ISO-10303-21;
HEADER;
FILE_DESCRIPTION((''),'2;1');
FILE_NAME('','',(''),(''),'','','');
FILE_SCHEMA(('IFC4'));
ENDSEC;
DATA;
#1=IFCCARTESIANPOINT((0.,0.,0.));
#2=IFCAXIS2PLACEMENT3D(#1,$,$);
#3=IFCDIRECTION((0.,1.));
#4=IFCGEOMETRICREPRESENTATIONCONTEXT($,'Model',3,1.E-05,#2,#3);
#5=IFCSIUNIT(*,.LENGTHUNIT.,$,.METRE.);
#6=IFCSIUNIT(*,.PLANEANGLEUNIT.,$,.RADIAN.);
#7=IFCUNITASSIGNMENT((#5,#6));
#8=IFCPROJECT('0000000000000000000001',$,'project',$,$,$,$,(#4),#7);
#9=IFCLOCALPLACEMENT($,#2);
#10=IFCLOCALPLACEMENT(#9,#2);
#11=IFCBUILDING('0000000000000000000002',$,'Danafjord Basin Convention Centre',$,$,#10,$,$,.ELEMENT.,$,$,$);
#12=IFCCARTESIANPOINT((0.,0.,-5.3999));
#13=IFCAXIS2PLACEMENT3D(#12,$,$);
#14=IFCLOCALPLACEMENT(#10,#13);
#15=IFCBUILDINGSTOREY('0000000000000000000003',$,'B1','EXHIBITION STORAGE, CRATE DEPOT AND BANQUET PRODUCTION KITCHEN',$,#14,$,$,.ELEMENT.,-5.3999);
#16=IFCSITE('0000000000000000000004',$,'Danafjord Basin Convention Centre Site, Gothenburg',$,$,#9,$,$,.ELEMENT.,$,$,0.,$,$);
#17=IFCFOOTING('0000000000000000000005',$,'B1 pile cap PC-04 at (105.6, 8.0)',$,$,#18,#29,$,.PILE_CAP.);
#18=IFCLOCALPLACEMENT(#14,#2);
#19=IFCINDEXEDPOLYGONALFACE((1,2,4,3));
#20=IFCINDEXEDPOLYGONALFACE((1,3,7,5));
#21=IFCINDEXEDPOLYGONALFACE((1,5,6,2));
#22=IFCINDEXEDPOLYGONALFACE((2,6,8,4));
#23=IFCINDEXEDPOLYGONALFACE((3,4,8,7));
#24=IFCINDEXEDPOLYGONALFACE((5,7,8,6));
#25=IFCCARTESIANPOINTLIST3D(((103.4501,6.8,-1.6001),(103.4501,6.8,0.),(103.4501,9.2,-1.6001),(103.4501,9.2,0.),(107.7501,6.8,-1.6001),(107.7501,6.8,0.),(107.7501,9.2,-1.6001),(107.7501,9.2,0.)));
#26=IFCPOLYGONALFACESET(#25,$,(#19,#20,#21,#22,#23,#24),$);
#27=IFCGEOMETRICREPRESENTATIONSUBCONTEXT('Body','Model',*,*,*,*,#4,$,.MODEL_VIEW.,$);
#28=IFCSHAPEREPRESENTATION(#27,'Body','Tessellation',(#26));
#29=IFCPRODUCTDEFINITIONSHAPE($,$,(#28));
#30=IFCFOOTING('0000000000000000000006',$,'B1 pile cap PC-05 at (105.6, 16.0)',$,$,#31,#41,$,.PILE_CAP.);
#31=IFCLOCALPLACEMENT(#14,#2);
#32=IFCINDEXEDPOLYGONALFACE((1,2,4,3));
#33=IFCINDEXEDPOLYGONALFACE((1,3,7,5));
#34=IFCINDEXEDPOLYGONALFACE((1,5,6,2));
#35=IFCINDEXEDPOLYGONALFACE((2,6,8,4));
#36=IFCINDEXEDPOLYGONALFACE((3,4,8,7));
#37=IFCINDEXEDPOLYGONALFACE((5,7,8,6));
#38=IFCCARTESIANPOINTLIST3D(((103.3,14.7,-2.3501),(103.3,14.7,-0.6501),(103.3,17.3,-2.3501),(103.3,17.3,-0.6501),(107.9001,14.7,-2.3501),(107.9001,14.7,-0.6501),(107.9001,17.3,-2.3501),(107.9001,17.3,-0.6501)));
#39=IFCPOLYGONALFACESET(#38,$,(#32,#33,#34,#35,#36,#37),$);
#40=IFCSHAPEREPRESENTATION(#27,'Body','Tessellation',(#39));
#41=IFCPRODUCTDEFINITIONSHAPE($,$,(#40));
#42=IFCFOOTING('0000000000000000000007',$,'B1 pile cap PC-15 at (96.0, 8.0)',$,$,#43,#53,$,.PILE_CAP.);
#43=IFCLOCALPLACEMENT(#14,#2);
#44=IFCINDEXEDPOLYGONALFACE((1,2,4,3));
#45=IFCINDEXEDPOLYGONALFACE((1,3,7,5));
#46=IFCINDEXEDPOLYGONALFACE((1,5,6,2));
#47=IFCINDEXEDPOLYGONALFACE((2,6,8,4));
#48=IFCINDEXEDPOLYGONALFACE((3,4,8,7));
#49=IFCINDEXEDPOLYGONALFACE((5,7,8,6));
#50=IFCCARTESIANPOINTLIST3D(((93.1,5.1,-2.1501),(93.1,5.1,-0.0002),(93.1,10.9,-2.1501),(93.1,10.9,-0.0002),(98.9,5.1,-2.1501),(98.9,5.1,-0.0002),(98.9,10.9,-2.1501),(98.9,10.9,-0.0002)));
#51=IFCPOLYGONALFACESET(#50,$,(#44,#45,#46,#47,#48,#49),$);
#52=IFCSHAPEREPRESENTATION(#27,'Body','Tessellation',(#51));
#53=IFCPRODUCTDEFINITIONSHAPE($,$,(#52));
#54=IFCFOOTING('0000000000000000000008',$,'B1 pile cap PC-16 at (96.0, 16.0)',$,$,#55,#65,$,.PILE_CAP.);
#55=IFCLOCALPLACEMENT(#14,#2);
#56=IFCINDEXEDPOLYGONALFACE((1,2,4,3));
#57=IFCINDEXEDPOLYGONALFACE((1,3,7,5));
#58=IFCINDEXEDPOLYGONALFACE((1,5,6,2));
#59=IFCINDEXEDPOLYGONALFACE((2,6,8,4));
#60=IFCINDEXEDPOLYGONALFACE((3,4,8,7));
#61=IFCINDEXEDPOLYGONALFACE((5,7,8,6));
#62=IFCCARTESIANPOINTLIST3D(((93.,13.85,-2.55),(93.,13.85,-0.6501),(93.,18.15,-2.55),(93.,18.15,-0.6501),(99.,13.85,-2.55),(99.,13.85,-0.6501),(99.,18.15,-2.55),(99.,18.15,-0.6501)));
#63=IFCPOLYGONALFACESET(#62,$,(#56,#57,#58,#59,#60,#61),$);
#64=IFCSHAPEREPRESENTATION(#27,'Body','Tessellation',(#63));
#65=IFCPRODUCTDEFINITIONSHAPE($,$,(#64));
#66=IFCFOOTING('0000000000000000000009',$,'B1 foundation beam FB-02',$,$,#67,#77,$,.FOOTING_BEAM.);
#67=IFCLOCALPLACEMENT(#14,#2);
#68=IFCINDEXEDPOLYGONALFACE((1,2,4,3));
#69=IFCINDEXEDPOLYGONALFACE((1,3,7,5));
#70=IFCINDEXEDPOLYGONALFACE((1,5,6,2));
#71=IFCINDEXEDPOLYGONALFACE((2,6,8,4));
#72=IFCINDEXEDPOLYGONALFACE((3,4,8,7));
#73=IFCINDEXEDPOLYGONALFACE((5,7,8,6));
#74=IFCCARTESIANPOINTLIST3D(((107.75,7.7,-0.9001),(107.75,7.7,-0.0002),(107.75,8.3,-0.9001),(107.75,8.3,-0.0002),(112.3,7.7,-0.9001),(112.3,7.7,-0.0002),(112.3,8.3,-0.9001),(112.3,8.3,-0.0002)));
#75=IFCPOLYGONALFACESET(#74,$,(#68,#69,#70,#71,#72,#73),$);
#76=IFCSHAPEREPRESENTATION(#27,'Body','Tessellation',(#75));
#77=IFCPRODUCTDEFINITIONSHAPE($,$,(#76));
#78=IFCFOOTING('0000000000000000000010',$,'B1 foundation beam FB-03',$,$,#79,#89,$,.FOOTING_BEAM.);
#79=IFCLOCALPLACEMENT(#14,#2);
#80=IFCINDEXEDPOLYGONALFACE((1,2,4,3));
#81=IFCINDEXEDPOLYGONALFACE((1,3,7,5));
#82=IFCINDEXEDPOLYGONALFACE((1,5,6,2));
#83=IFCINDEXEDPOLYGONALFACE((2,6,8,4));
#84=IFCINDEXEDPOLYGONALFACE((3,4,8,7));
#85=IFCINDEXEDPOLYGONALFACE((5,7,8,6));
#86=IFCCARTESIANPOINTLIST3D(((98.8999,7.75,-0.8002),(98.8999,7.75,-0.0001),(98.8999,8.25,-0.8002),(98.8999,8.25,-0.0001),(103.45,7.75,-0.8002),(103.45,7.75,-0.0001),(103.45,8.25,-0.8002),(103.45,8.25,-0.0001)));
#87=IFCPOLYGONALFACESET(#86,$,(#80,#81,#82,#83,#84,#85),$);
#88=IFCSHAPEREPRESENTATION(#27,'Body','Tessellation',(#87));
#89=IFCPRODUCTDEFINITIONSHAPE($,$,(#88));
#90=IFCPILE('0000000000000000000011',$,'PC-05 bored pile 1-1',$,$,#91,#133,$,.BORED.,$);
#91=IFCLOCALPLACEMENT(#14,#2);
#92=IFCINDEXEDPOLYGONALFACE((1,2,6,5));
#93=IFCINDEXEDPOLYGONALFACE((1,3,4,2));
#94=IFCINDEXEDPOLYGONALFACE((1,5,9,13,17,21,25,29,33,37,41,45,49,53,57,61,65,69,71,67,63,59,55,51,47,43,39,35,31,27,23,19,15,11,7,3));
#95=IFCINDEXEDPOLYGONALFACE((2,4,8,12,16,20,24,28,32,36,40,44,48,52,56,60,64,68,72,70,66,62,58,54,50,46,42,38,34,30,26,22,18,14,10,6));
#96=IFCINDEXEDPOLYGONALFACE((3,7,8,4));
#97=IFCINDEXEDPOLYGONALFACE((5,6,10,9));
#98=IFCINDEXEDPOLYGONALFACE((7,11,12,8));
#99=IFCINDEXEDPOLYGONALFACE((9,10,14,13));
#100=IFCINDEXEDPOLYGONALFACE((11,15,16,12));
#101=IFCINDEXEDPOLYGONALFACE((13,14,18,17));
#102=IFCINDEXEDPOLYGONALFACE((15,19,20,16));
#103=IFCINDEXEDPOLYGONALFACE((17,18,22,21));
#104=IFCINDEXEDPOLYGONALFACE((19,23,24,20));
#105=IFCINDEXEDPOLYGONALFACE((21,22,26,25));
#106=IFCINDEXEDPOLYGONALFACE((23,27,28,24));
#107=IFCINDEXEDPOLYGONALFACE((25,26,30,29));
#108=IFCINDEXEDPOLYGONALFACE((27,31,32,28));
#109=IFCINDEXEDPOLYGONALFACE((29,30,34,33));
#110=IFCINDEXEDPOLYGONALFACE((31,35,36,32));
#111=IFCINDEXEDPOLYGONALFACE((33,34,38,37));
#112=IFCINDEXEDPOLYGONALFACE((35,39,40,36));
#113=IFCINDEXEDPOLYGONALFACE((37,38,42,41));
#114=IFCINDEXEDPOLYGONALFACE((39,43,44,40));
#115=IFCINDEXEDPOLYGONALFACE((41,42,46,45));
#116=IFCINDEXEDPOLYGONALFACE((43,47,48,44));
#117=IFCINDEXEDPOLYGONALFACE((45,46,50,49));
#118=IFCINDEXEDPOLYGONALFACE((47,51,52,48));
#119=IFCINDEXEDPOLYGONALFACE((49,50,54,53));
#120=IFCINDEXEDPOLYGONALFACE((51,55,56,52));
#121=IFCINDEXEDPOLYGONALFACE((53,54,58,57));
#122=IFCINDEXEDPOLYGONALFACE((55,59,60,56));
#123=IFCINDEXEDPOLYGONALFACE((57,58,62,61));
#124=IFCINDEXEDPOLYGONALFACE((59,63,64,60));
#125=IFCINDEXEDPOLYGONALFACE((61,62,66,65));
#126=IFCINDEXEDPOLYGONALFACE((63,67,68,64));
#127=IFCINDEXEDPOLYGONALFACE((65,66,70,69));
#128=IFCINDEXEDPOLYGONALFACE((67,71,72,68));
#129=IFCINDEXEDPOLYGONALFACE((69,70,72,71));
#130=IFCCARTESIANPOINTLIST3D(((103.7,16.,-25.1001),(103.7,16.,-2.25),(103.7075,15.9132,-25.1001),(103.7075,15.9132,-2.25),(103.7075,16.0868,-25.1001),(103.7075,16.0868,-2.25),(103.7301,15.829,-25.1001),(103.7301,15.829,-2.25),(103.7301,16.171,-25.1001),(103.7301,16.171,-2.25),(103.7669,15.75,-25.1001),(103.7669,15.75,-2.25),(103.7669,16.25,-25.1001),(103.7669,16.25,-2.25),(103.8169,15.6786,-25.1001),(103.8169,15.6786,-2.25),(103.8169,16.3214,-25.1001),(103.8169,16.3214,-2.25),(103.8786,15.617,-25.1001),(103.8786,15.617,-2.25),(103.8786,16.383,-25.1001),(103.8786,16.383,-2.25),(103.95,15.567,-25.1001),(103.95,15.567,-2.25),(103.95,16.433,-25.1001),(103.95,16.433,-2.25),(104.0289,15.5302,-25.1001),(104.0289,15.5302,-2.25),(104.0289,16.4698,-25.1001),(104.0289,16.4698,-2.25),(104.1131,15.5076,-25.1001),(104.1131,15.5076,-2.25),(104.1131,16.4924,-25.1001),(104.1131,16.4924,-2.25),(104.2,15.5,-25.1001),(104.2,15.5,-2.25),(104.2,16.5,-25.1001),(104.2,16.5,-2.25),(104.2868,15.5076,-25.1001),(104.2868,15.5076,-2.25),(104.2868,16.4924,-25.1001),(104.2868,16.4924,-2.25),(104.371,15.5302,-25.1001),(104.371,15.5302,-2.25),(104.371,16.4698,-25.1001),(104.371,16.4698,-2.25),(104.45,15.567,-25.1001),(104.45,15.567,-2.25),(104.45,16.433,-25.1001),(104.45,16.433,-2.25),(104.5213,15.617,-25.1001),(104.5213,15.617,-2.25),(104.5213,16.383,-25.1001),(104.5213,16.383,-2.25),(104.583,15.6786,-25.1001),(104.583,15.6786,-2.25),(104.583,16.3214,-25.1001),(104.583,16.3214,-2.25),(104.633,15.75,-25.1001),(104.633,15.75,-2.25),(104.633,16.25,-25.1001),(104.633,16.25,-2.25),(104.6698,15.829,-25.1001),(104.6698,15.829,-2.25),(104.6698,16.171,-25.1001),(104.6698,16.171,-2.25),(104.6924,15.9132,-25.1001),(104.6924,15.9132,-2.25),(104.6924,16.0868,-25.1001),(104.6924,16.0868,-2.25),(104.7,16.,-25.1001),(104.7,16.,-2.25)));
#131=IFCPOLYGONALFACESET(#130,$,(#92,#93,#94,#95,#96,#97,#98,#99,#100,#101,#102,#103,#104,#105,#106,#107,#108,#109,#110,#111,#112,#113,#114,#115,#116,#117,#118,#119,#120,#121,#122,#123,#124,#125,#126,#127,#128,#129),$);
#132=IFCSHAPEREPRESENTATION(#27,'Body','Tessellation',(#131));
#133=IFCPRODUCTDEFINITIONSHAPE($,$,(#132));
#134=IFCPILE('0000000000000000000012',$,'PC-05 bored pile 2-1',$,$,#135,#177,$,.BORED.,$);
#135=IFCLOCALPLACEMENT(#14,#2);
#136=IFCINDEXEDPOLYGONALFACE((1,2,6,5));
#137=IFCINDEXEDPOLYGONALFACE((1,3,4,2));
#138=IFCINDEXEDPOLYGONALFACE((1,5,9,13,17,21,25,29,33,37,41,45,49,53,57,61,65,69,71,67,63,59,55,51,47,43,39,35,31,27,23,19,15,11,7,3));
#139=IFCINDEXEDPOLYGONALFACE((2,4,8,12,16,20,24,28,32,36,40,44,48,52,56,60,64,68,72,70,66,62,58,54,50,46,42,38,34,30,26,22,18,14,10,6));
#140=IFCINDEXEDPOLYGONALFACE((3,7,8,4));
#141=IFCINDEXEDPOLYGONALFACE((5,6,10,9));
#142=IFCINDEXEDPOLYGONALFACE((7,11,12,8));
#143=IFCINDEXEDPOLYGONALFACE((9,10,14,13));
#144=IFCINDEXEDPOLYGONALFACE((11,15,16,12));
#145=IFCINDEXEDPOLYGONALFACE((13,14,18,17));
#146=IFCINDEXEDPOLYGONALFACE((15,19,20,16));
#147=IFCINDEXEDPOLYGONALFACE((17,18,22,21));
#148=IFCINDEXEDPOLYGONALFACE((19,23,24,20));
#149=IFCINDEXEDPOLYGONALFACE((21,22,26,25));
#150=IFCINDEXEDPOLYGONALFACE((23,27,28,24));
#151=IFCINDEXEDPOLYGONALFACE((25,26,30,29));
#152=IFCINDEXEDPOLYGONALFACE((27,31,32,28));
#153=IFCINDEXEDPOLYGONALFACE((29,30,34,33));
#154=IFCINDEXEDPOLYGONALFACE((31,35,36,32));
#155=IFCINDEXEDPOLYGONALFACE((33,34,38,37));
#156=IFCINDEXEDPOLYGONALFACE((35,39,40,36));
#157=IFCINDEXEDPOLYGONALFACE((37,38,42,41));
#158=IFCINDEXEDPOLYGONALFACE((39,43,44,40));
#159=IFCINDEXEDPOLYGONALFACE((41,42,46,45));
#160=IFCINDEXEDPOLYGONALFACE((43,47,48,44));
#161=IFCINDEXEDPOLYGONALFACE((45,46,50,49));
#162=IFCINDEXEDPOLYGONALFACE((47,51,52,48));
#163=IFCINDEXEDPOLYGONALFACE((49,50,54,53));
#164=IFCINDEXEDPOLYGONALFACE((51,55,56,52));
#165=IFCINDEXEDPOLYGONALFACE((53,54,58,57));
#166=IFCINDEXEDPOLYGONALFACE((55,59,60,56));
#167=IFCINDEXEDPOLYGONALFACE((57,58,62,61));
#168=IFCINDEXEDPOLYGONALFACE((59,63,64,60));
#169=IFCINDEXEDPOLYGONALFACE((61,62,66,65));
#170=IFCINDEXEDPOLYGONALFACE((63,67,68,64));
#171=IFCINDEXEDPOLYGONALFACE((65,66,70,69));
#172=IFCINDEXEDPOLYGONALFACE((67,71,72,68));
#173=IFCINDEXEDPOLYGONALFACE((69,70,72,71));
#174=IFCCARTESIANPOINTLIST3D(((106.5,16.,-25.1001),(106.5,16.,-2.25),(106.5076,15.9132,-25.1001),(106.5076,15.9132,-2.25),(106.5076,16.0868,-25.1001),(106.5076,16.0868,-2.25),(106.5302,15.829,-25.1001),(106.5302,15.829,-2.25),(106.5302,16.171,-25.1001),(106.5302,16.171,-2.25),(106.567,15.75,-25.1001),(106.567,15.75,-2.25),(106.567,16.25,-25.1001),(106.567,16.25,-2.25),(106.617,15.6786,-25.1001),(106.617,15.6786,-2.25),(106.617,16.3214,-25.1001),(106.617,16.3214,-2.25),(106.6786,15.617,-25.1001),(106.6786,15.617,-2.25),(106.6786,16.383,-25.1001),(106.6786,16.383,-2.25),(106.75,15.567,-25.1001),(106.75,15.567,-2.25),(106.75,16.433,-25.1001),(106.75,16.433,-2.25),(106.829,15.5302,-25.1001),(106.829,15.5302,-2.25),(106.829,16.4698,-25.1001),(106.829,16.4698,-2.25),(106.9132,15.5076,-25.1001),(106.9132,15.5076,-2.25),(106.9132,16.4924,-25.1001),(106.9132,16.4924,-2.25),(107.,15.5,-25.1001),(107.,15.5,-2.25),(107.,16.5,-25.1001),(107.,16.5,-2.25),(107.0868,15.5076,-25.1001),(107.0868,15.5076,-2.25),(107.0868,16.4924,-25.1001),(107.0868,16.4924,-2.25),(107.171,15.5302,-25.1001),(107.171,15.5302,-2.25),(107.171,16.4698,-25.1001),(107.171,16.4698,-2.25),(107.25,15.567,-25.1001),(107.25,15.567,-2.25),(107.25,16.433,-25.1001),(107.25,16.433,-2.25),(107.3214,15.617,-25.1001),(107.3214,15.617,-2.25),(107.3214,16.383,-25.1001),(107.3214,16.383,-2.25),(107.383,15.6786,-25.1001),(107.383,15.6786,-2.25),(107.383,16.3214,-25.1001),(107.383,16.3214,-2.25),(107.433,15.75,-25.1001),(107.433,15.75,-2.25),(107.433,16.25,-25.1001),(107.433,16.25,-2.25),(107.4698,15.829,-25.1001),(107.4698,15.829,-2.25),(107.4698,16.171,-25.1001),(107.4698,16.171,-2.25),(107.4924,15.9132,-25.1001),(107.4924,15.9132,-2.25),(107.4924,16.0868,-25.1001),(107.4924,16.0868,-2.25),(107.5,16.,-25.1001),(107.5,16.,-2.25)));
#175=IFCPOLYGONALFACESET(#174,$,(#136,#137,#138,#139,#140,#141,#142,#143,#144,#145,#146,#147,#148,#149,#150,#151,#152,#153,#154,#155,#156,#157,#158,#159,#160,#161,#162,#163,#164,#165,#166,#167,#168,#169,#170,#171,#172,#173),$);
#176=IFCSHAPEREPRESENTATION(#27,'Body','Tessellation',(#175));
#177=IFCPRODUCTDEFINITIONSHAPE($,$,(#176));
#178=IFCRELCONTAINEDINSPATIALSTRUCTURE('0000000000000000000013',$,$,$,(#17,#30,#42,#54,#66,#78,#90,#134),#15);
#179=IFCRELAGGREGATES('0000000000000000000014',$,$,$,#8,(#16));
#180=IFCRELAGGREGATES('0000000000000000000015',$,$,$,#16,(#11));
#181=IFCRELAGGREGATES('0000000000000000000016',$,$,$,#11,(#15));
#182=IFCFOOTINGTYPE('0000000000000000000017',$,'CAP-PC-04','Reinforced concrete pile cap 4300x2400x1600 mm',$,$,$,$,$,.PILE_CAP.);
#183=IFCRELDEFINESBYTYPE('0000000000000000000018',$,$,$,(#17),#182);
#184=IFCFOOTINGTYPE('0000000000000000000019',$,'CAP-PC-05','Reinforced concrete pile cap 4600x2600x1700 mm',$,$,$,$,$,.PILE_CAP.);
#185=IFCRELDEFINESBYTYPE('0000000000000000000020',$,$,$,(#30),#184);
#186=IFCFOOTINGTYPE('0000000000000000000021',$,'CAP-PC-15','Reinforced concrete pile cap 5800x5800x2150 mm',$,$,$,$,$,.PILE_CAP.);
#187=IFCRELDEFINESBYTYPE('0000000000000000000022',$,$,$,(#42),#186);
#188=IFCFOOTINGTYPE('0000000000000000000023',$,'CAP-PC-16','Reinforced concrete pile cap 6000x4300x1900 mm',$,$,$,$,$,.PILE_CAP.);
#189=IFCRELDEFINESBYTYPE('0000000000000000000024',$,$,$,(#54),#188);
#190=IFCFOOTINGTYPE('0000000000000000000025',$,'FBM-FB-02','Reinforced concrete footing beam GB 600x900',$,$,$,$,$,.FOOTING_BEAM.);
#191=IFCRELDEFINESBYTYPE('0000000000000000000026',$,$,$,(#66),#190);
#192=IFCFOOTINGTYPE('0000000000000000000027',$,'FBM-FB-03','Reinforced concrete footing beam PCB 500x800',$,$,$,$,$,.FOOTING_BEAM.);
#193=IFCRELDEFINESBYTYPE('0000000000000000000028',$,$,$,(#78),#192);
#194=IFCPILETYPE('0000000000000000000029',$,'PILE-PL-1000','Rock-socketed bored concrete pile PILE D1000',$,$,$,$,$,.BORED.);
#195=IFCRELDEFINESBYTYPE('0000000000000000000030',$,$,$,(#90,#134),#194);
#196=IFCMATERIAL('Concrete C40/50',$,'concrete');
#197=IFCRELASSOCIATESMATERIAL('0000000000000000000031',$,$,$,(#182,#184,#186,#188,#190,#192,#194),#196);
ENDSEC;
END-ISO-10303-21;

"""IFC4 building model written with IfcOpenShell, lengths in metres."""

from ifc_helpers import new_model, si_unit, direction, frame, origin, origin_2d, place, context, subcontext, project, spatial, rectangle, circle, extrude, material, material_profile, profile_set, type_object, element, save


model = new_model("IFC4")

# Units and contexts
model_context = context("Model", 3, precision=1e-05, world=origin(), true_north=direction((0.0, 1.0)))
body_context = subcontext(model_context, "Body", "Model", "MODEL_VIEW")
ifc_project = project(units=[si_unit("LENGTHUNIT", "METRE"), si_unit("PLANEANGLEUNIT", "RADIAN")], contexts=[model_context])

# Site, building, storey
site_placement = place(None, origin())
site = spatial("IfcSite", under=ifc_project, at=site_placement, Name="Danafjord Basin Convention Centre Site, Gothenburg", CompositionType="ELEMENT", RefElevation=0.0)
building_placement = place(site_placement, origin())
building = spatial("IfcBuilding", under=site, at=building_placement, Name="Danafjord Basin Convention Centre", CompositionType="ELEMENT")
storey_placement = place(building_placement, frame((0.0, 0.0, -5.3999)))
storey = spatial("IfcBuildingStorey", under=building, at=storey_placement, Name="B1", Description="EXHIBITION STORAGE, CRATE DEPOT AND BANQUET PRODUCTION KITCHEN", CompositionType="ELEMENT", Elevation=-5.3999)

# Footings
ifc_material_1 = material(Name="Concrete C40/50", Category="concrete")
footing_type_1 = type_object("IfcFootingType", Name="CAP-PC-04", Description="Reinforced concrete pile cap 4300x2400x1600 mm", PredefinedType="PILE_CAP", material=ifc_material_1)
footing_1_placement = place(storey_placement, frame((105.6001, 8.0, -1.6001), z_axis=(0.0, 0.0, 1.0), x_axis=(1.0, 0.0, 0.0)))
element("IfcFooting", 1, at=footing_1_placement, inside=storey, type_object=footing_type_1, Name="B1 pile cap PC-04 at (105.6, 8.0)", PredefinedType="PILE_CAP", context=body_context, shape_type="SweptSolid", body=[
    extrude(rectangle(XDim=4.3, YDim=2.3999, at=origin_2d()), origin(), (0.0, 0.0, 1.0), 1.6001),
])
footing_type_2 = type_object("IfcFootingType", Name="CAP-PC-05", Description="Reinforced concrete pile cap 4600x2600x1700 mm", PredefinedType="PILE_CAP", material=ifc_material_1)
footing_2_placement = place(storey_placement, frame((105.6001, 16.0, -2.3501), z_axis=(0.0, 0.0, 1.0), x_axis=(1.0, 0.0, 0.0)))
element("IfcFooting", 2, at=footing_2_placement, inside=storey, type_object=footing_type_2, Name="B1 pile cap PC-05 at (105.6, 16.0)", PredefinedType="PILE_CAP", context=body_context, shape_type="SweptSolid", body=[
    extrude(rectangle(XDim=4.6001, YDim=2.6001, at=origin_2d()), origin(), (0.0, 0.0, 1.0), 1.7),
])
footing_type_3 = type_object("IfcFootingType", Name="CAP-PC-15", Description="Reinforced concrete pile cap 5800x5800x2150 mm", PredefinedType="PILE_CAP", material=ifc_material_1)
footing_3_placement = place(storey_placement, frame((96.0, 8.0, -2.1501), z_axis=(0.0, 0.0, 1.0), x_axis=(1.0, 0.0, 0.0)))
element("IfcFooting", 3, at=footing_3_placement, inside=storey, type_object=footing_type_3, Name="B1 pile cap PC-15 at (96.0, 8.0)", PredefinedType="PILE_CAP", context=body_context, shape_type="SweptSolid", body=[
    extrude(rectangle(XDim=5.8, YDim=5.8, at=origin_2d()), origin(), (0.0, 0.0, 1.0), 2.1499),
])
footing_type_4 = type_object("IfcFootingType", Name="CAP-PC-16", Description="Reinforced concrete pile cap 6000x4300x1900 mm", PredefinedType="PILE_CAP", material=ifc_material_1)
footing_4_placement = place(storey_placement, frame((96.0, 16.0, -2.55), z_axis=(0.0, 0.0, 1.0), x_axis=(1.0, 0.0, 0.0)))
element("IfcFooting", 4, at=footing_4_placement, inside=storey, type_object=footing_type_4, Name="B1 pile cap PC-16 at (96.0, 16.0)", PredefinedType="PILE_CAP", context=body_context, shape_type="SweptSolid", body=[
    extrude(rectangle(XDim=6.0, YDim=4.3, at=origin_2d()), origin(), (0.0, 0.0, 1.0), 1.8999),
])
ifc_material_profile_1 = material_profile(ifc_material_1, rectangle(XDim=0.6001, YDim=0.8999, at=origin_2d()), Name="GB 600x900")
ifc_profile_set_1 = profile_set([ifc_material_profile_1], Name="Concrete C40/50")
footing_type_5 = type_object("IfcFootingType", Name="FBM-FB-02", Description="Reinforced concrete footing beam GB 600x900", PredefinedType="FOOTING_BEAM", material=ifc_profile_set_1)
footing_5_placement = place(storey_placement, frame((107.75, 8.0, -0.4502), z_axis=(1.0, 0.0, 0.0), x_axis=(0.0, 1.0, 0.0)))
element("IfcFooting", 5, at=footing_5_placement, inside=storey, type_object=footing_type_5, Name="B1 foundation beam FB-02", PredefinedType="FOOTING_BEAM", context=body_context, shape_type="SweptSolid", body=[
    extrude(rectangle(XDim=0.6001, YDim=0.8999, at=origin_2d()), origin(), (0.0, 0.0, 1.0), 4.55),
])
ifc_material_profile_2 = material_profile(ifc_material_1, rectangle(XDim=0.5, YDim=0.8, at=origin_2d()), Name="PCB 500x800")
ifc_profile_set_2 = profile_set([ifc_material_profile_2], Name="Concrete C40/50")
footing_type_6 = type_object("IfcFootingType", Name="FBM-FB-03", Description="Reinforced concrete footing beam PCB 500x800", PredefinedType="FOOTING_BEAM", material=ifc_profile_set_2)
footing_6_placement = place(storey_placement, frame((98.8999, 8.0, -0.4001), z_axis=(1.0, 0.0, 0.0), x_axis=(0.0, 1.0, 0.0)))
element("IfcFooting", 6, at=footing_6_placement, inside=storey, type_object=footing_type_6, Name="B1 foundation beam FB-03", PredefinedType="FOOTING_BEAM", context=body_context, shape_type="SweptSolid", body=[
    extrude(rectangle(XDim=0.5, YDim=0.8, at=origin_2d()), origin(), (0.0, 0.0, 1.0), 4.55),
])

# Piles
ifc_material_profile_3 = material_profile(ifc_material_1, circle(Radius=0.5, at=origin_2d()), Name="PILE D1000")
ifc_profile_set_3 = profile_set([ifc_material_profile_3], Name="Concrete C40/50")
pile_type_1 = type_object("IfcPileType", Name="PILE-PL-1000", Description="Rock-socketed bored concrete pile PILE D1000", PredefinedType="BORED", material=ifc_profile_set_3)
for number, where, z_axis, x_axis, name in (
    (7, (104.2, 16.0, -2.25), (0.0, 0.0, -1.0), (1.0, 0.0, 0.0), "PC-05 bored pile 1-1"),
    (8, (107.0, 16.0, -2.25), (0.0, 0.0, -1.0), (1.0, 0.0, 0.0), "PC-05 bored pile 2-1"),
):
    element("IfcPile", number, at=place(storey_placement, frame(where, z_axis=z_axis, x_axis=x_axis)), inside=storey, type_object=pile_type_1, Name=name, PredefinedType="BORED", context=body_context, shape_type="SweptSolid", body=[
        extrude(circle(Radius=0.5, at=origin_2d()), origin(), (0.0, 0.0, 1.0), 22.8501),
    ])

save(model, "model.ifc")
